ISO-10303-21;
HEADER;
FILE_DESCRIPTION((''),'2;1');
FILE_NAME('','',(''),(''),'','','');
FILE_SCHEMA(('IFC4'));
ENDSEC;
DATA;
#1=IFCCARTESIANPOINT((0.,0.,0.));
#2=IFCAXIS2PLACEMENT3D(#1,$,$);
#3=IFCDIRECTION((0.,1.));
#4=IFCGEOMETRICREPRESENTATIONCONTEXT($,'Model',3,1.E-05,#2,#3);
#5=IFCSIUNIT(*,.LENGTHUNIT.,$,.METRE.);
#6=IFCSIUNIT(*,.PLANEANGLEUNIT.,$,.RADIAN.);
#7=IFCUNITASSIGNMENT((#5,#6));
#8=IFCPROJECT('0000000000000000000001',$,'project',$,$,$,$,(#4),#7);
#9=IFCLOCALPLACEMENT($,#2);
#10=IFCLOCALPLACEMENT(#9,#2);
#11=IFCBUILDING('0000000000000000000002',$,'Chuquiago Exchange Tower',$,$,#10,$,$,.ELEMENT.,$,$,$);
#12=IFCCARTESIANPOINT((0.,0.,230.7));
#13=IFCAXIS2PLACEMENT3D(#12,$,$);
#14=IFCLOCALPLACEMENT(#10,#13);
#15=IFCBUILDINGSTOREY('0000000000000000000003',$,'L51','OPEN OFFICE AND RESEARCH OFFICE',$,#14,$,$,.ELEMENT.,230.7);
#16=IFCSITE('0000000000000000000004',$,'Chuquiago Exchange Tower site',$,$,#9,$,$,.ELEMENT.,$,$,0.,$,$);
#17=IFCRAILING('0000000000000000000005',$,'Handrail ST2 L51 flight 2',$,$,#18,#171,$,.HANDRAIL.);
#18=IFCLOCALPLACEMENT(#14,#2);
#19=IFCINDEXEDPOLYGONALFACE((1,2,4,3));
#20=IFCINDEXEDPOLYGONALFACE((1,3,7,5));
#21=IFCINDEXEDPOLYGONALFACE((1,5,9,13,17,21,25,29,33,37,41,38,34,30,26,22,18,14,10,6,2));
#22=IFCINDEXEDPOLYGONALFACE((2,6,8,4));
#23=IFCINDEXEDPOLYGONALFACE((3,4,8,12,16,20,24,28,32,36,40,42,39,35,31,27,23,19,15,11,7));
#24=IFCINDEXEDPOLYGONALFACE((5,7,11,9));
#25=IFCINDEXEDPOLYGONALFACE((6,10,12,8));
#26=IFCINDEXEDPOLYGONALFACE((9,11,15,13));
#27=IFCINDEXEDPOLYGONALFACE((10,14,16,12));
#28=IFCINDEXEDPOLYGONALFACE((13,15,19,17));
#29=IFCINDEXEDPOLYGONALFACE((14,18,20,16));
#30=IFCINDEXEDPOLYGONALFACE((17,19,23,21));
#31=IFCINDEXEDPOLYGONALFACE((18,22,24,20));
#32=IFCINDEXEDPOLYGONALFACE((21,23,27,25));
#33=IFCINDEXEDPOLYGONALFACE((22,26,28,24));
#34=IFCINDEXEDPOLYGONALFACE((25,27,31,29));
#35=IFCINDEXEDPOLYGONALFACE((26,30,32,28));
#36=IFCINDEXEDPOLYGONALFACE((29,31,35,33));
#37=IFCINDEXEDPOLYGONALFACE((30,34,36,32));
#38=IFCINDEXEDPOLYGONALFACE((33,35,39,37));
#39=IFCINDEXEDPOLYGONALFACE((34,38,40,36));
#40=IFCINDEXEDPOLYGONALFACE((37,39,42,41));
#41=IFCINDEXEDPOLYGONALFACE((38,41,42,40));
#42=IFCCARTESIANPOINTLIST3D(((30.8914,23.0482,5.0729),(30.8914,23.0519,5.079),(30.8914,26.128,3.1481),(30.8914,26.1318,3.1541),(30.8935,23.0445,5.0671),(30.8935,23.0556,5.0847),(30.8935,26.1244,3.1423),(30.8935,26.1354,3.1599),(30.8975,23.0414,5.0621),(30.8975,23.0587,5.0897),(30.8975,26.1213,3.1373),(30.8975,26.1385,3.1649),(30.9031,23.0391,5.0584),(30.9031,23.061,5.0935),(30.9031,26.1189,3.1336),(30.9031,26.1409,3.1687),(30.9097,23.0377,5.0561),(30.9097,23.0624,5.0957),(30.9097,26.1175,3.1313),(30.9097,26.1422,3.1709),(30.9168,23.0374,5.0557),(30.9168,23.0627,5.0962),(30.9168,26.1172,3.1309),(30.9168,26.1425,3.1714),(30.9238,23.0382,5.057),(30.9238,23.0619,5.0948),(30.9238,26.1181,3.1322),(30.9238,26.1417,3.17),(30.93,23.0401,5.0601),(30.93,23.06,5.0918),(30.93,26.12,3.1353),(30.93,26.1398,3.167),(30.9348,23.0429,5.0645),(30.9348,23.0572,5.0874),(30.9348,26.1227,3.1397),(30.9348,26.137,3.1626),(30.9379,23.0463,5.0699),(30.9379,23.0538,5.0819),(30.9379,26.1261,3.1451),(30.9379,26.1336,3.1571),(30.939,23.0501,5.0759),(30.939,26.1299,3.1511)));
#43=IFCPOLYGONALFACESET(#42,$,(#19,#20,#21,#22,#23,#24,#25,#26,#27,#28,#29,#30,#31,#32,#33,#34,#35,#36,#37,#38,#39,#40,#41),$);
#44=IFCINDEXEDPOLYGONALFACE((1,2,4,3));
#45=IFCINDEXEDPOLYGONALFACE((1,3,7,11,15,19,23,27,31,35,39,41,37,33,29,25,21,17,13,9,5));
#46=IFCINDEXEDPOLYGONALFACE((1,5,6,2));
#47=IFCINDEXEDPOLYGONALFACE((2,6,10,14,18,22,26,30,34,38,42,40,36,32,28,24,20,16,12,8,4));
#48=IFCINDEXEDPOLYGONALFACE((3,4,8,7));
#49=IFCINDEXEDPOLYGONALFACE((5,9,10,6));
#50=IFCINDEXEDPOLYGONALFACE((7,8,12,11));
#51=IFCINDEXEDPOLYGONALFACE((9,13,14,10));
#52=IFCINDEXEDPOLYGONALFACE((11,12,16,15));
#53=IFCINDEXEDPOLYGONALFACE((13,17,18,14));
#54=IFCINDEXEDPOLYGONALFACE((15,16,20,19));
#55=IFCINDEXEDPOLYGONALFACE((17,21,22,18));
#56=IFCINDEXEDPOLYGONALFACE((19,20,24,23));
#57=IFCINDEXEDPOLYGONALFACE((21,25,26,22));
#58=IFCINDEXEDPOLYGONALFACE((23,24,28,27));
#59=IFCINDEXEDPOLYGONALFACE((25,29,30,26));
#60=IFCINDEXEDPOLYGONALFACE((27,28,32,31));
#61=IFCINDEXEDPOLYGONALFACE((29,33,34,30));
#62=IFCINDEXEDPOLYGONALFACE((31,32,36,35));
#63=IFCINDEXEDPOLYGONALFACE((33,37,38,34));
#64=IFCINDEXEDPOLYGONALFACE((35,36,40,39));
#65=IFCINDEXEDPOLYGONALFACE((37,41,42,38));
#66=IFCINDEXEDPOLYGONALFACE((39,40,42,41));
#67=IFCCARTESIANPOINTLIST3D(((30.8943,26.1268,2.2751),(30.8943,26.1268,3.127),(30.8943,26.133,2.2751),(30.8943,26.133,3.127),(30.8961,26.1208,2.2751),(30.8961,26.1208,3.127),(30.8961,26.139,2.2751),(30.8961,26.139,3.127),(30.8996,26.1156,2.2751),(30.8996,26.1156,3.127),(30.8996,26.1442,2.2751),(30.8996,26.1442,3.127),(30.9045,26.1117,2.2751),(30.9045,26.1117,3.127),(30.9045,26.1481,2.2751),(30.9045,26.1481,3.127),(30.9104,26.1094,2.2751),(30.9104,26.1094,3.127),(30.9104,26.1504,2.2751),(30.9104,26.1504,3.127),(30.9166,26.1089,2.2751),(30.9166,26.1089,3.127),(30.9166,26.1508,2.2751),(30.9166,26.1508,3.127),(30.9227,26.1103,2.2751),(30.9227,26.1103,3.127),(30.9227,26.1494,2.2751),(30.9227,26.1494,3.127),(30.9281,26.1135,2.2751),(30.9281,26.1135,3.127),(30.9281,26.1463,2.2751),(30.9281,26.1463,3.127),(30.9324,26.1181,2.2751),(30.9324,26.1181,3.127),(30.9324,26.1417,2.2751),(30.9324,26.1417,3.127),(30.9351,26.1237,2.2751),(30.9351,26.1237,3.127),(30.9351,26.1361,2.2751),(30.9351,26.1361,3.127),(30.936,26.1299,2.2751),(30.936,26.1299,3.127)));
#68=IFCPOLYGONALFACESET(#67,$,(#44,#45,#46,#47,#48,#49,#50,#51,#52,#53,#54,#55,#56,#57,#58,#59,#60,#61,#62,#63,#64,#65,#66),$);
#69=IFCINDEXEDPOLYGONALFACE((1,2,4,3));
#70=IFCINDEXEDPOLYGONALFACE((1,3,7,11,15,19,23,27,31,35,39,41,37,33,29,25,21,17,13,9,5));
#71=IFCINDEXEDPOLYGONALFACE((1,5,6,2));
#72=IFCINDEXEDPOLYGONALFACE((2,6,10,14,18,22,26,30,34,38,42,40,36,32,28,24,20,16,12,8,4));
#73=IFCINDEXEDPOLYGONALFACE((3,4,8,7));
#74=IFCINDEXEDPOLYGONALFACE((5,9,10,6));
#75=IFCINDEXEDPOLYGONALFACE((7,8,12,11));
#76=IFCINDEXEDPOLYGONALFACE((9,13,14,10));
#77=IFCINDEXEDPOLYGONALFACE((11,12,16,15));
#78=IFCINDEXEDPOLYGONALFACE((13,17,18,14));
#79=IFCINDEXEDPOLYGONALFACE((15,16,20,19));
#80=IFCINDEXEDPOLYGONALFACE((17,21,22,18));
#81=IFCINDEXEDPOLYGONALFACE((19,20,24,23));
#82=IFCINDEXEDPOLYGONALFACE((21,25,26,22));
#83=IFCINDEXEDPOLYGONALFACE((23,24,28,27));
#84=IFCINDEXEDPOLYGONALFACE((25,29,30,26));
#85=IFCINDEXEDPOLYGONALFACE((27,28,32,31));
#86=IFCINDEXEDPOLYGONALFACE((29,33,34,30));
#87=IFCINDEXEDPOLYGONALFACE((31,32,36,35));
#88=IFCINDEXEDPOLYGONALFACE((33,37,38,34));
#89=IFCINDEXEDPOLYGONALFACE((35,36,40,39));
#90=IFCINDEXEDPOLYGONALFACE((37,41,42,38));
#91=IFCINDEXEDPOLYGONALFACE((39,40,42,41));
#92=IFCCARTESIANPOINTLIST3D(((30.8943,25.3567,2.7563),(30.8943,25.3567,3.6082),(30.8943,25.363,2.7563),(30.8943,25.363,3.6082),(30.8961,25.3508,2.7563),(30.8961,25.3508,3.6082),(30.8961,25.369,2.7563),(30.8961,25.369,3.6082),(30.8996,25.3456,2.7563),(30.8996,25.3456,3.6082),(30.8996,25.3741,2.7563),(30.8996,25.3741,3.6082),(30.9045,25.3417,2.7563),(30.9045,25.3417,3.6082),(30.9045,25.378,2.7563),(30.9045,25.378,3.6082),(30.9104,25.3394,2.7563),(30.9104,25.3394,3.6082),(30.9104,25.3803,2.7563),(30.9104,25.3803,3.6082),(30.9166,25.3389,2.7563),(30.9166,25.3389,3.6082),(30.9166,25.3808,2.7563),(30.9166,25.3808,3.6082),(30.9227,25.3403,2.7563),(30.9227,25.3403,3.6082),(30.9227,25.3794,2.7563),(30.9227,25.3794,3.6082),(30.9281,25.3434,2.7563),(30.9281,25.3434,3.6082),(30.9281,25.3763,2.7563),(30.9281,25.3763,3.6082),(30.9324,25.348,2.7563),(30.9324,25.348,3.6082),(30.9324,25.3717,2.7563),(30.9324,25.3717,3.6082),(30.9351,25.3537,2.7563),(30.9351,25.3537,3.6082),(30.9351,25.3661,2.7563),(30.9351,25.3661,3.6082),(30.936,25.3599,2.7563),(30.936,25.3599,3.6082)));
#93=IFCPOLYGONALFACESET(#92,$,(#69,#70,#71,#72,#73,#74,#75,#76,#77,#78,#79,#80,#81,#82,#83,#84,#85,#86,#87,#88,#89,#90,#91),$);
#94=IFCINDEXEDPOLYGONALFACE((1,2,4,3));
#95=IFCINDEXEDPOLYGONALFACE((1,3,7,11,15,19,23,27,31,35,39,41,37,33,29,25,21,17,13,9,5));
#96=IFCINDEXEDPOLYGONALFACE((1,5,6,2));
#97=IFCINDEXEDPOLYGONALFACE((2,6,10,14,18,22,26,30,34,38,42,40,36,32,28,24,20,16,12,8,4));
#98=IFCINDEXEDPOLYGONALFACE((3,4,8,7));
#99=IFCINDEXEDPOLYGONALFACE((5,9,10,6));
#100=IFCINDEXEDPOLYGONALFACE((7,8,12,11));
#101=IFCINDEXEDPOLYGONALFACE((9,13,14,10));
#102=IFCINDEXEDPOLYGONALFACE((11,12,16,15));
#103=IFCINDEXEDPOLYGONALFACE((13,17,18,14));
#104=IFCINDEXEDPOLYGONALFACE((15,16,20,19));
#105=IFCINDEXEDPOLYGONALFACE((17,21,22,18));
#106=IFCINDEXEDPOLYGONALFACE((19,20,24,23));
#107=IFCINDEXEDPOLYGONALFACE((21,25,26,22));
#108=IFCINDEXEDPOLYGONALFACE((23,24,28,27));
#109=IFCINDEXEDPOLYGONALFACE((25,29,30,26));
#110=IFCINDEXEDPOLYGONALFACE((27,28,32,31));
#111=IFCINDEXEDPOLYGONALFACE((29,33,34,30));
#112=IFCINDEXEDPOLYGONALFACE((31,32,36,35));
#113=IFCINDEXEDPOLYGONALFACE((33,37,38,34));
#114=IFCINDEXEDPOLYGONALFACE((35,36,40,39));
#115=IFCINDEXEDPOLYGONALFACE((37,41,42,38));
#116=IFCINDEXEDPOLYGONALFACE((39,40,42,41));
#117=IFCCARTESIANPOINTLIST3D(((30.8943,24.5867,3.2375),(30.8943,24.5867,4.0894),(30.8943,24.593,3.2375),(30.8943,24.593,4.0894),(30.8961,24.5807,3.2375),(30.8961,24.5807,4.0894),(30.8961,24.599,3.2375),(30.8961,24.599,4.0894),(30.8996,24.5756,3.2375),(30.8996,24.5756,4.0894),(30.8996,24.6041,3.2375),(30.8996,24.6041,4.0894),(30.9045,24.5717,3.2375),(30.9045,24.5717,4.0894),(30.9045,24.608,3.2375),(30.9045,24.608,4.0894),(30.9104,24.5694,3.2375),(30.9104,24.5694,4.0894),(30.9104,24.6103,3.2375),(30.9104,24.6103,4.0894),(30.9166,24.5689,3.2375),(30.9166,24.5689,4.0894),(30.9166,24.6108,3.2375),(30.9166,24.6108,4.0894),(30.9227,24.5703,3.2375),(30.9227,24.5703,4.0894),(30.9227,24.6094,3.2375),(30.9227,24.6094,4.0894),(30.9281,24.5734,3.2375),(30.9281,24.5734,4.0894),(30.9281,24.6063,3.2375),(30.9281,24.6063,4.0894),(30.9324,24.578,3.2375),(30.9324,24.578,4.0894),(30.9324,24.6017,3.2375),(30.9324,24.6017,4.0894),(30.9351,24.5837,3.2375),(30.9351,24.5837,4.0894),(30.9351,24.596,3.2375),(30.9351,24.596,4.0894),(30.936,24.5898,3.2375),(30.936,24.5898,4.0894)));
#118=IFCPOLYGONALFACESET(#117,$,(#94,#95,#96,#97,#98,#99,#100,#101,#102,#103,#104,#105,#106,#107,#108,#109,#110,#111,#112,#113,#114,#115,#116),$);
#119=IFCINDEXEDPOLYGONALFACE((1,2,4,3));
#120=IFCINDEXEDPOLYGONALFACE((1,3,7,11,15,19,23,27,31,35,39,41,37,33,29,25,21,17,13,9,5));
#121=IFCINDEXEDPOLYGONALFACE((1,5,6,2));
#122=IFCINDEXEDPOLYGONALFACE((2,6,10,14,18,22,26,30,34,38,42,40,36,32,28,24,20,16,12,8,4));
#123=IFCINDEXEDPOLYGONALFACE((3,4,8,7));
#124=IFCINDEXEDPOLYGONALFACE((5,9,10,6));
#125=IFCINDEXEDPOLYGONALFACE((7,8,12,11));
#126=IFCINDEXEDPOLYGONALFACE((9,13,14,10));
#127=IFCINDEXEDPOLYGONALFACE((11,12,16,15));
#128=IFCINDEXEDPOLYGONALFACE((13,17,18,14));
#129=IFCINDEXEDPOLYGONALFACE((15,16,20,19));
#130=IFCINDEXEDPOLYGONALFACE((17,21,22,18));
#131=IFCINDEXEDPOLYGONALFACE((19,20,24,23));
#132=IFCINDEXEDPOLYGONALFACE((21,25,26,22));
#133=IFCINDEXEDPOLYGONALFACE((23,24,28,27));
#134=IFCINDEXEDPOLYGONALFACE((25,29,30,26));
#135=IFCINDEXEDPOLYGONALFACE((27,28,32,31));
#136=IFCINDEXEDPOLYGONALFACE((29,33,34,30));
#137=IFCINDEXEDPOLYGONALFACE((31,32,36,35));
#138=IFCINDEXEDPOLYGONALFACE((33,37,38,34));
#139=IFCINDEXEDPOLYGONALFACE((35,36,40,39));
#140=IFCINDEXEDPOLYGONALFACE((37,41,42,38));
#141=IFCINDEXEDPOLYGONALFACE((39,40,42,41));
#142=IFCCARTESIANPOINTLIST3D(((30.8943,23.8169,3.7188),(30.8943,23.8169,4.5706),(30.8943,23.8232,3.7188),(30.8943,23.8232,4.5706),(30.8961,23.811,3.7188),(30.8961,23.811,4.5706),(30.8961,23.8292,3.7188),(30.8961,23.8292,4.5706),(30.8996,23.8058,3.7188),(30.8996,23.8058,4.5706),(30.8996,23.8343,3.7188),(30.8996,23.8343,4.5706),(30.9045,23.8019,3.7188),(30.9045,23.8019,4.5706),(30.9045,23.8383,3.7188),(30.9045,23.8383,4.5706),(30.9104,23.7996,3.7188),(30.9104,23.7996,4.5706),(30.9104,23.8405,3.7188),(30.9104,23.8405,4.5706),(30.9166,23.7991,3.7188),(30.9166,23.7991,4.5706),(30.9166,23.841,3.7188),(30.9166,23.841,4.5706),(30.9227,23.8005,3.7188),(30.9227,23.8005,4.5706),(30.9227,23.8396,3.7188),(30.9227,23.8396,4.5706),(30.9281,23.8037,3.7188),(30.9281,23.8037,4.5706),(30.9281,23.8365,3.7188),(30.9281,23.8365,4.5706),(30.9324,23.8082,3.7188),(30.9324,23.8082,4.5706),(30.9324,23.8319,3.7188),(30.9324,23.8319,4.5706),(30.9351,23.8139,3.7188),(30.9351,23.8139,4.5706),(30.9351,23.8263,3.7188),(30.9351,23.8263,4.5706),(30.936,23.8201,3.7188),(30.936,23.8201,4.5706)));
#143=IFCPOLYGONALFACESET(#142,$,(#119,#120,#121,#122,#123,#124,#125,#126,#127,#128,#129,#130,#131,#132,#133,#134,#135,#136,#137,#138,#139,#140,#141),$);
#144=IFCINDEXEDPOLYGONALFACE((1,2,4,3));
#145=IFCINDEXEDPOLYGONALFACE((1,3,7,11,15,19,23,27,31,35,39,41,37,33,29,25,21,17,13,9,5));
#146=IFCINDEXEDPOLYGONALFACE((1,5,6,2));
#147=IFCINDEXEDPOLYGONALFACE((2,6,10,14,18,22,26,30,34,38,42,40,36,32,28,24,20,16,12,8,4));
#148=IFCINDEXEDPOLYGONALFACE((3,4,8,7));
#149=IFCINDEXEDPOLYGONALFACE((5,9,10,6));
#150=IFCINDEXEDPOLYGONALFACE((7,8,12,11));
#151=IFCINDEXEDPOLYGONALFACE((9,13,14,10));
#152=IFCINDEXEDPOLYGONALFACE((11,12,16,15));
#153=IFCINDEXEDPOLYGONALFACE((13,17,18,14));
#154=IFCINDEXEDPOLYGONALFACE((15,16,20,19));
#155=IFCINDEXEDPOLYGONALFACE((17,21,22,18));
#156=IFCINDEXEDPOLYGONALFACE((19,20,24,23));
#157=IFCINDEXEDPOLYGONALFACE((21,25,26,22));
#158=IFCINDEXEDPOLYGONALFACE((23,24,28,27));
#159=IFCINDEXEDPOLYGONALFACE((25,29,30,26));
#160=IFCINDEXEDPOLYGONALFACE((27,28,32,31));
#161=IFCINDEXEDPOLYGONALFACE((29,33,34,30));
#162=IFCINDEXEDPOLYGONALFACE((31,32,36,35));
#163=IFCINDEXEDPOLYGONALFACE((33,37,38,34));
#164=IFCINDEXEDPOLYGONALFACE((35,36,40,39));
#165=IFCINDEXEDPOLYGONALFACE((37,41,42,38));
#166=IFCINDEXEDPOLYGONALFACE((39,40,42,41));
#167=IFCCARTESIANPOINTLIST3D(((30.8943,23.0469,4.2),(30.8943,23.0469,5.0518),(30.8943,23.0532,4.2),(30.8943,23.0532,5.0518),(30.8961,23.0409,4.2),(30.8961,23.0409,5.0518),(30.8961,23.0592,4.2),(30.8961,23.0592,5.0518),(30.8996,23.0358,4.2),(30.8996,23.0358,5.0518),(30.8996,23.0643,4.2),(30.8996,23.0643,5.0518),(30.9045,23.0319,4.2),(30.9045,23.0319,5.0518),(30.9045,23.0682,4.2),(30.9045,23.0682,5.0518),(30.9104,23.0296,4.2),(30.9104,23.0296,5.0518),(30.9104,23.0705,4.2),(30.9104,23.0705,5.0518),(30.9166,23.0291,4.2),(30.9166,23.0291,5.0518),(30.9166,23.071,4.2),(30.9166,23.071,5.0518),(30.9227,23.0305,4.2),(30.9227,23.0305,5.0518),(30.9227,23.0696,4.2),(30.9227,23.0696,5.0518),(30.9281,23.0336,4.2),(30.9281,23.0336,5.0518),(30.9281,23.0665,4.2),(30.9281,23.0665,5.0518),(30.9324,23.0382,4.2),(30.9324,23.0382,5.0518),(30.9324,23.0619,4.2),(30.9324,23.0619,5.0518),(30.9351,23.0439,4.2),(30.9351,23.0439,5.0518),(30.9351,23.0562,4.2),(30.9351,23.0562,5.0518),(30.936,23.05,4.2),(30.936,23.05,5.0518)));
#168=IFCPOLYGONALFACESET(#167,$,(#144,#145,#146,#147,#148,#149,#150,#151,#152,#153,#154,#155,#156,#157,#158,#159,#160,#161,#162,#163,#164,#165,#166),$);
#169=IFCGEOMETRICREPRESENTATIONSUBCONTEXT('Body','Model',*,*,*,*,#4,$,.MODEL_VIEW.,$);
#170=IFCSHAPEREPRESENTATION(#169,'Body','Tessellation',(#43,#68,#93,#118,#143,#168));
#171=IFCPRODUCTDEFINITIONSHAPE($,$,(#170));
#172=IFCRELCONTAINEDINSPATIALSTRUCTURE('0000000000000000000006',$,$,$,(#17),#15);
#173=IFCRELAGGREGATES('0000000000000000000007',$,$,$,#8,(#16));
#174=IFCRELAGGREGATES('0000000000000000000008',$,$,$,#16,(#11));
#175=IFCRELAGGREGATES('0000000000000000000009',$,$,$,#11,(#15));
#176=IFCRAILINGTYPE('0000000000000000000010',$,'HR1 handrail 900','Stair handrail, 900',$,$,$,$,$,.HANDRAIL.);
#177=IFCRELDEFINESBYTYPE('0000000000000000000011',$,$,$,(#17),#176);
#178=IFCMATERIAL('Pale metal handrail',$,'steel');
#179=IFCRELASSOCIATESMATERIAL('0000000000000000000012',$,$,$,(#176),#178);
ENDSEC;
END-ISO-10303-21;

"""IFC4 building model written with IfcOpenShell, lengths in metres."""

from ifc_helpers import new_model, si_unit, direction, frame, origin, origin_2d, place, context, subcontext, project, spatial, circle, extrude, material, type_object, element, save


model = new_model("IFC4")

# Units and contexts
model_context = context("Model", 3, precision=1e-05, world=origin(), true_north=direction((0.0, 1.0)))
body_context = subcontext(model_context, "Body", "Model", "MODEL_VIEW")
ifc_project = project(units=[si_unit("LENGTHUNIT", "METRE"), si_unit("PLANEANGLEUNIT", "RADIAN")], contexts=[model_context])

# Site, building, storey
site_placement = place(None, origin())
site = spatial("IfcSite", under=ifc_project, at=site_placement, Name="Chuquiago Exchange Tower site", CompositionType="ELEMENT", RefElevation=0.0)
building_placement = place(site_placement, origin())
building = spatial("IfcBuilding", under=site, at=building_placement, Name="Chuquiago Exchange Tower", CompositionType="ELEMENT")
storey_placement = place(building_placement, frame((0.0, 0.0, 230.7)))
storey = spatial("IfcBuildingStorey", under=building, at=storey_placement, Name="L51", Description="OPEN OFFICE AND RESEARCH OFFICE", CompositionType="ELEMENT", Elevation=230.7)

# Railing
ifc_material_1 = material(Name="Pale metal handrail", Category="steel")
railing_type_1 = type_object("IfcRailingType", Name="HR1 handrail 900", Description="Stair handrail, 900", PredefinedType="HANDRAIL", material=ifc_material_1)
for number, where, name in (
    (1, (30.915, 26.1299, 2.2751), "Handrail ST2 L51 flight 2"),
):
    element("IfcRailing", number, at=place(storey_placement, frame(where)), inside=storey, type_object=railing_type_1, Name=name, PredefinedType="HANDRAIL", context=body_context, shape_type="SweptSolid", body=[
        extrude(circle(Radius=0.0239, at=origin_2d()), frame((0.0, 0.0, 0.876), z_axis=(0.0, -0.84801, 0.529981), x_axis=(1.0, 0.0, 0.0)), (0.0, 0.0, 1.0), 3.6318),
        extrude(circle(Radius=0.021, at=origin_2d()), origin(), (0.0, 0.0, 1.0), 0.8518),
        extrude(circle(Radius=0.021, at=origin_2d()), frame((0.0, -0.77, 0.4812)), (0.0, 0.0, 1.0), 0.8518),
        extrude(circle(Radius=0.021, at=origin_2d()), frame((0.0, -1.54, 0.9624)), (0.0, 0.0, 1.0), 0.8518),
        extrude(circle(Radius=0.021, at=origin_2d()), frame((0.0, -2.3098, 1.4436)), (0.0, 0.0, 1.0), 0.8518),
        extrude(circle(Radius=0.021, at=origin_2d()), frame((0.0, -3.0798, 1.9248)), (0.0, 0.0, 1.0), 0.8518),
    ])

save(model, "model.ifc")
